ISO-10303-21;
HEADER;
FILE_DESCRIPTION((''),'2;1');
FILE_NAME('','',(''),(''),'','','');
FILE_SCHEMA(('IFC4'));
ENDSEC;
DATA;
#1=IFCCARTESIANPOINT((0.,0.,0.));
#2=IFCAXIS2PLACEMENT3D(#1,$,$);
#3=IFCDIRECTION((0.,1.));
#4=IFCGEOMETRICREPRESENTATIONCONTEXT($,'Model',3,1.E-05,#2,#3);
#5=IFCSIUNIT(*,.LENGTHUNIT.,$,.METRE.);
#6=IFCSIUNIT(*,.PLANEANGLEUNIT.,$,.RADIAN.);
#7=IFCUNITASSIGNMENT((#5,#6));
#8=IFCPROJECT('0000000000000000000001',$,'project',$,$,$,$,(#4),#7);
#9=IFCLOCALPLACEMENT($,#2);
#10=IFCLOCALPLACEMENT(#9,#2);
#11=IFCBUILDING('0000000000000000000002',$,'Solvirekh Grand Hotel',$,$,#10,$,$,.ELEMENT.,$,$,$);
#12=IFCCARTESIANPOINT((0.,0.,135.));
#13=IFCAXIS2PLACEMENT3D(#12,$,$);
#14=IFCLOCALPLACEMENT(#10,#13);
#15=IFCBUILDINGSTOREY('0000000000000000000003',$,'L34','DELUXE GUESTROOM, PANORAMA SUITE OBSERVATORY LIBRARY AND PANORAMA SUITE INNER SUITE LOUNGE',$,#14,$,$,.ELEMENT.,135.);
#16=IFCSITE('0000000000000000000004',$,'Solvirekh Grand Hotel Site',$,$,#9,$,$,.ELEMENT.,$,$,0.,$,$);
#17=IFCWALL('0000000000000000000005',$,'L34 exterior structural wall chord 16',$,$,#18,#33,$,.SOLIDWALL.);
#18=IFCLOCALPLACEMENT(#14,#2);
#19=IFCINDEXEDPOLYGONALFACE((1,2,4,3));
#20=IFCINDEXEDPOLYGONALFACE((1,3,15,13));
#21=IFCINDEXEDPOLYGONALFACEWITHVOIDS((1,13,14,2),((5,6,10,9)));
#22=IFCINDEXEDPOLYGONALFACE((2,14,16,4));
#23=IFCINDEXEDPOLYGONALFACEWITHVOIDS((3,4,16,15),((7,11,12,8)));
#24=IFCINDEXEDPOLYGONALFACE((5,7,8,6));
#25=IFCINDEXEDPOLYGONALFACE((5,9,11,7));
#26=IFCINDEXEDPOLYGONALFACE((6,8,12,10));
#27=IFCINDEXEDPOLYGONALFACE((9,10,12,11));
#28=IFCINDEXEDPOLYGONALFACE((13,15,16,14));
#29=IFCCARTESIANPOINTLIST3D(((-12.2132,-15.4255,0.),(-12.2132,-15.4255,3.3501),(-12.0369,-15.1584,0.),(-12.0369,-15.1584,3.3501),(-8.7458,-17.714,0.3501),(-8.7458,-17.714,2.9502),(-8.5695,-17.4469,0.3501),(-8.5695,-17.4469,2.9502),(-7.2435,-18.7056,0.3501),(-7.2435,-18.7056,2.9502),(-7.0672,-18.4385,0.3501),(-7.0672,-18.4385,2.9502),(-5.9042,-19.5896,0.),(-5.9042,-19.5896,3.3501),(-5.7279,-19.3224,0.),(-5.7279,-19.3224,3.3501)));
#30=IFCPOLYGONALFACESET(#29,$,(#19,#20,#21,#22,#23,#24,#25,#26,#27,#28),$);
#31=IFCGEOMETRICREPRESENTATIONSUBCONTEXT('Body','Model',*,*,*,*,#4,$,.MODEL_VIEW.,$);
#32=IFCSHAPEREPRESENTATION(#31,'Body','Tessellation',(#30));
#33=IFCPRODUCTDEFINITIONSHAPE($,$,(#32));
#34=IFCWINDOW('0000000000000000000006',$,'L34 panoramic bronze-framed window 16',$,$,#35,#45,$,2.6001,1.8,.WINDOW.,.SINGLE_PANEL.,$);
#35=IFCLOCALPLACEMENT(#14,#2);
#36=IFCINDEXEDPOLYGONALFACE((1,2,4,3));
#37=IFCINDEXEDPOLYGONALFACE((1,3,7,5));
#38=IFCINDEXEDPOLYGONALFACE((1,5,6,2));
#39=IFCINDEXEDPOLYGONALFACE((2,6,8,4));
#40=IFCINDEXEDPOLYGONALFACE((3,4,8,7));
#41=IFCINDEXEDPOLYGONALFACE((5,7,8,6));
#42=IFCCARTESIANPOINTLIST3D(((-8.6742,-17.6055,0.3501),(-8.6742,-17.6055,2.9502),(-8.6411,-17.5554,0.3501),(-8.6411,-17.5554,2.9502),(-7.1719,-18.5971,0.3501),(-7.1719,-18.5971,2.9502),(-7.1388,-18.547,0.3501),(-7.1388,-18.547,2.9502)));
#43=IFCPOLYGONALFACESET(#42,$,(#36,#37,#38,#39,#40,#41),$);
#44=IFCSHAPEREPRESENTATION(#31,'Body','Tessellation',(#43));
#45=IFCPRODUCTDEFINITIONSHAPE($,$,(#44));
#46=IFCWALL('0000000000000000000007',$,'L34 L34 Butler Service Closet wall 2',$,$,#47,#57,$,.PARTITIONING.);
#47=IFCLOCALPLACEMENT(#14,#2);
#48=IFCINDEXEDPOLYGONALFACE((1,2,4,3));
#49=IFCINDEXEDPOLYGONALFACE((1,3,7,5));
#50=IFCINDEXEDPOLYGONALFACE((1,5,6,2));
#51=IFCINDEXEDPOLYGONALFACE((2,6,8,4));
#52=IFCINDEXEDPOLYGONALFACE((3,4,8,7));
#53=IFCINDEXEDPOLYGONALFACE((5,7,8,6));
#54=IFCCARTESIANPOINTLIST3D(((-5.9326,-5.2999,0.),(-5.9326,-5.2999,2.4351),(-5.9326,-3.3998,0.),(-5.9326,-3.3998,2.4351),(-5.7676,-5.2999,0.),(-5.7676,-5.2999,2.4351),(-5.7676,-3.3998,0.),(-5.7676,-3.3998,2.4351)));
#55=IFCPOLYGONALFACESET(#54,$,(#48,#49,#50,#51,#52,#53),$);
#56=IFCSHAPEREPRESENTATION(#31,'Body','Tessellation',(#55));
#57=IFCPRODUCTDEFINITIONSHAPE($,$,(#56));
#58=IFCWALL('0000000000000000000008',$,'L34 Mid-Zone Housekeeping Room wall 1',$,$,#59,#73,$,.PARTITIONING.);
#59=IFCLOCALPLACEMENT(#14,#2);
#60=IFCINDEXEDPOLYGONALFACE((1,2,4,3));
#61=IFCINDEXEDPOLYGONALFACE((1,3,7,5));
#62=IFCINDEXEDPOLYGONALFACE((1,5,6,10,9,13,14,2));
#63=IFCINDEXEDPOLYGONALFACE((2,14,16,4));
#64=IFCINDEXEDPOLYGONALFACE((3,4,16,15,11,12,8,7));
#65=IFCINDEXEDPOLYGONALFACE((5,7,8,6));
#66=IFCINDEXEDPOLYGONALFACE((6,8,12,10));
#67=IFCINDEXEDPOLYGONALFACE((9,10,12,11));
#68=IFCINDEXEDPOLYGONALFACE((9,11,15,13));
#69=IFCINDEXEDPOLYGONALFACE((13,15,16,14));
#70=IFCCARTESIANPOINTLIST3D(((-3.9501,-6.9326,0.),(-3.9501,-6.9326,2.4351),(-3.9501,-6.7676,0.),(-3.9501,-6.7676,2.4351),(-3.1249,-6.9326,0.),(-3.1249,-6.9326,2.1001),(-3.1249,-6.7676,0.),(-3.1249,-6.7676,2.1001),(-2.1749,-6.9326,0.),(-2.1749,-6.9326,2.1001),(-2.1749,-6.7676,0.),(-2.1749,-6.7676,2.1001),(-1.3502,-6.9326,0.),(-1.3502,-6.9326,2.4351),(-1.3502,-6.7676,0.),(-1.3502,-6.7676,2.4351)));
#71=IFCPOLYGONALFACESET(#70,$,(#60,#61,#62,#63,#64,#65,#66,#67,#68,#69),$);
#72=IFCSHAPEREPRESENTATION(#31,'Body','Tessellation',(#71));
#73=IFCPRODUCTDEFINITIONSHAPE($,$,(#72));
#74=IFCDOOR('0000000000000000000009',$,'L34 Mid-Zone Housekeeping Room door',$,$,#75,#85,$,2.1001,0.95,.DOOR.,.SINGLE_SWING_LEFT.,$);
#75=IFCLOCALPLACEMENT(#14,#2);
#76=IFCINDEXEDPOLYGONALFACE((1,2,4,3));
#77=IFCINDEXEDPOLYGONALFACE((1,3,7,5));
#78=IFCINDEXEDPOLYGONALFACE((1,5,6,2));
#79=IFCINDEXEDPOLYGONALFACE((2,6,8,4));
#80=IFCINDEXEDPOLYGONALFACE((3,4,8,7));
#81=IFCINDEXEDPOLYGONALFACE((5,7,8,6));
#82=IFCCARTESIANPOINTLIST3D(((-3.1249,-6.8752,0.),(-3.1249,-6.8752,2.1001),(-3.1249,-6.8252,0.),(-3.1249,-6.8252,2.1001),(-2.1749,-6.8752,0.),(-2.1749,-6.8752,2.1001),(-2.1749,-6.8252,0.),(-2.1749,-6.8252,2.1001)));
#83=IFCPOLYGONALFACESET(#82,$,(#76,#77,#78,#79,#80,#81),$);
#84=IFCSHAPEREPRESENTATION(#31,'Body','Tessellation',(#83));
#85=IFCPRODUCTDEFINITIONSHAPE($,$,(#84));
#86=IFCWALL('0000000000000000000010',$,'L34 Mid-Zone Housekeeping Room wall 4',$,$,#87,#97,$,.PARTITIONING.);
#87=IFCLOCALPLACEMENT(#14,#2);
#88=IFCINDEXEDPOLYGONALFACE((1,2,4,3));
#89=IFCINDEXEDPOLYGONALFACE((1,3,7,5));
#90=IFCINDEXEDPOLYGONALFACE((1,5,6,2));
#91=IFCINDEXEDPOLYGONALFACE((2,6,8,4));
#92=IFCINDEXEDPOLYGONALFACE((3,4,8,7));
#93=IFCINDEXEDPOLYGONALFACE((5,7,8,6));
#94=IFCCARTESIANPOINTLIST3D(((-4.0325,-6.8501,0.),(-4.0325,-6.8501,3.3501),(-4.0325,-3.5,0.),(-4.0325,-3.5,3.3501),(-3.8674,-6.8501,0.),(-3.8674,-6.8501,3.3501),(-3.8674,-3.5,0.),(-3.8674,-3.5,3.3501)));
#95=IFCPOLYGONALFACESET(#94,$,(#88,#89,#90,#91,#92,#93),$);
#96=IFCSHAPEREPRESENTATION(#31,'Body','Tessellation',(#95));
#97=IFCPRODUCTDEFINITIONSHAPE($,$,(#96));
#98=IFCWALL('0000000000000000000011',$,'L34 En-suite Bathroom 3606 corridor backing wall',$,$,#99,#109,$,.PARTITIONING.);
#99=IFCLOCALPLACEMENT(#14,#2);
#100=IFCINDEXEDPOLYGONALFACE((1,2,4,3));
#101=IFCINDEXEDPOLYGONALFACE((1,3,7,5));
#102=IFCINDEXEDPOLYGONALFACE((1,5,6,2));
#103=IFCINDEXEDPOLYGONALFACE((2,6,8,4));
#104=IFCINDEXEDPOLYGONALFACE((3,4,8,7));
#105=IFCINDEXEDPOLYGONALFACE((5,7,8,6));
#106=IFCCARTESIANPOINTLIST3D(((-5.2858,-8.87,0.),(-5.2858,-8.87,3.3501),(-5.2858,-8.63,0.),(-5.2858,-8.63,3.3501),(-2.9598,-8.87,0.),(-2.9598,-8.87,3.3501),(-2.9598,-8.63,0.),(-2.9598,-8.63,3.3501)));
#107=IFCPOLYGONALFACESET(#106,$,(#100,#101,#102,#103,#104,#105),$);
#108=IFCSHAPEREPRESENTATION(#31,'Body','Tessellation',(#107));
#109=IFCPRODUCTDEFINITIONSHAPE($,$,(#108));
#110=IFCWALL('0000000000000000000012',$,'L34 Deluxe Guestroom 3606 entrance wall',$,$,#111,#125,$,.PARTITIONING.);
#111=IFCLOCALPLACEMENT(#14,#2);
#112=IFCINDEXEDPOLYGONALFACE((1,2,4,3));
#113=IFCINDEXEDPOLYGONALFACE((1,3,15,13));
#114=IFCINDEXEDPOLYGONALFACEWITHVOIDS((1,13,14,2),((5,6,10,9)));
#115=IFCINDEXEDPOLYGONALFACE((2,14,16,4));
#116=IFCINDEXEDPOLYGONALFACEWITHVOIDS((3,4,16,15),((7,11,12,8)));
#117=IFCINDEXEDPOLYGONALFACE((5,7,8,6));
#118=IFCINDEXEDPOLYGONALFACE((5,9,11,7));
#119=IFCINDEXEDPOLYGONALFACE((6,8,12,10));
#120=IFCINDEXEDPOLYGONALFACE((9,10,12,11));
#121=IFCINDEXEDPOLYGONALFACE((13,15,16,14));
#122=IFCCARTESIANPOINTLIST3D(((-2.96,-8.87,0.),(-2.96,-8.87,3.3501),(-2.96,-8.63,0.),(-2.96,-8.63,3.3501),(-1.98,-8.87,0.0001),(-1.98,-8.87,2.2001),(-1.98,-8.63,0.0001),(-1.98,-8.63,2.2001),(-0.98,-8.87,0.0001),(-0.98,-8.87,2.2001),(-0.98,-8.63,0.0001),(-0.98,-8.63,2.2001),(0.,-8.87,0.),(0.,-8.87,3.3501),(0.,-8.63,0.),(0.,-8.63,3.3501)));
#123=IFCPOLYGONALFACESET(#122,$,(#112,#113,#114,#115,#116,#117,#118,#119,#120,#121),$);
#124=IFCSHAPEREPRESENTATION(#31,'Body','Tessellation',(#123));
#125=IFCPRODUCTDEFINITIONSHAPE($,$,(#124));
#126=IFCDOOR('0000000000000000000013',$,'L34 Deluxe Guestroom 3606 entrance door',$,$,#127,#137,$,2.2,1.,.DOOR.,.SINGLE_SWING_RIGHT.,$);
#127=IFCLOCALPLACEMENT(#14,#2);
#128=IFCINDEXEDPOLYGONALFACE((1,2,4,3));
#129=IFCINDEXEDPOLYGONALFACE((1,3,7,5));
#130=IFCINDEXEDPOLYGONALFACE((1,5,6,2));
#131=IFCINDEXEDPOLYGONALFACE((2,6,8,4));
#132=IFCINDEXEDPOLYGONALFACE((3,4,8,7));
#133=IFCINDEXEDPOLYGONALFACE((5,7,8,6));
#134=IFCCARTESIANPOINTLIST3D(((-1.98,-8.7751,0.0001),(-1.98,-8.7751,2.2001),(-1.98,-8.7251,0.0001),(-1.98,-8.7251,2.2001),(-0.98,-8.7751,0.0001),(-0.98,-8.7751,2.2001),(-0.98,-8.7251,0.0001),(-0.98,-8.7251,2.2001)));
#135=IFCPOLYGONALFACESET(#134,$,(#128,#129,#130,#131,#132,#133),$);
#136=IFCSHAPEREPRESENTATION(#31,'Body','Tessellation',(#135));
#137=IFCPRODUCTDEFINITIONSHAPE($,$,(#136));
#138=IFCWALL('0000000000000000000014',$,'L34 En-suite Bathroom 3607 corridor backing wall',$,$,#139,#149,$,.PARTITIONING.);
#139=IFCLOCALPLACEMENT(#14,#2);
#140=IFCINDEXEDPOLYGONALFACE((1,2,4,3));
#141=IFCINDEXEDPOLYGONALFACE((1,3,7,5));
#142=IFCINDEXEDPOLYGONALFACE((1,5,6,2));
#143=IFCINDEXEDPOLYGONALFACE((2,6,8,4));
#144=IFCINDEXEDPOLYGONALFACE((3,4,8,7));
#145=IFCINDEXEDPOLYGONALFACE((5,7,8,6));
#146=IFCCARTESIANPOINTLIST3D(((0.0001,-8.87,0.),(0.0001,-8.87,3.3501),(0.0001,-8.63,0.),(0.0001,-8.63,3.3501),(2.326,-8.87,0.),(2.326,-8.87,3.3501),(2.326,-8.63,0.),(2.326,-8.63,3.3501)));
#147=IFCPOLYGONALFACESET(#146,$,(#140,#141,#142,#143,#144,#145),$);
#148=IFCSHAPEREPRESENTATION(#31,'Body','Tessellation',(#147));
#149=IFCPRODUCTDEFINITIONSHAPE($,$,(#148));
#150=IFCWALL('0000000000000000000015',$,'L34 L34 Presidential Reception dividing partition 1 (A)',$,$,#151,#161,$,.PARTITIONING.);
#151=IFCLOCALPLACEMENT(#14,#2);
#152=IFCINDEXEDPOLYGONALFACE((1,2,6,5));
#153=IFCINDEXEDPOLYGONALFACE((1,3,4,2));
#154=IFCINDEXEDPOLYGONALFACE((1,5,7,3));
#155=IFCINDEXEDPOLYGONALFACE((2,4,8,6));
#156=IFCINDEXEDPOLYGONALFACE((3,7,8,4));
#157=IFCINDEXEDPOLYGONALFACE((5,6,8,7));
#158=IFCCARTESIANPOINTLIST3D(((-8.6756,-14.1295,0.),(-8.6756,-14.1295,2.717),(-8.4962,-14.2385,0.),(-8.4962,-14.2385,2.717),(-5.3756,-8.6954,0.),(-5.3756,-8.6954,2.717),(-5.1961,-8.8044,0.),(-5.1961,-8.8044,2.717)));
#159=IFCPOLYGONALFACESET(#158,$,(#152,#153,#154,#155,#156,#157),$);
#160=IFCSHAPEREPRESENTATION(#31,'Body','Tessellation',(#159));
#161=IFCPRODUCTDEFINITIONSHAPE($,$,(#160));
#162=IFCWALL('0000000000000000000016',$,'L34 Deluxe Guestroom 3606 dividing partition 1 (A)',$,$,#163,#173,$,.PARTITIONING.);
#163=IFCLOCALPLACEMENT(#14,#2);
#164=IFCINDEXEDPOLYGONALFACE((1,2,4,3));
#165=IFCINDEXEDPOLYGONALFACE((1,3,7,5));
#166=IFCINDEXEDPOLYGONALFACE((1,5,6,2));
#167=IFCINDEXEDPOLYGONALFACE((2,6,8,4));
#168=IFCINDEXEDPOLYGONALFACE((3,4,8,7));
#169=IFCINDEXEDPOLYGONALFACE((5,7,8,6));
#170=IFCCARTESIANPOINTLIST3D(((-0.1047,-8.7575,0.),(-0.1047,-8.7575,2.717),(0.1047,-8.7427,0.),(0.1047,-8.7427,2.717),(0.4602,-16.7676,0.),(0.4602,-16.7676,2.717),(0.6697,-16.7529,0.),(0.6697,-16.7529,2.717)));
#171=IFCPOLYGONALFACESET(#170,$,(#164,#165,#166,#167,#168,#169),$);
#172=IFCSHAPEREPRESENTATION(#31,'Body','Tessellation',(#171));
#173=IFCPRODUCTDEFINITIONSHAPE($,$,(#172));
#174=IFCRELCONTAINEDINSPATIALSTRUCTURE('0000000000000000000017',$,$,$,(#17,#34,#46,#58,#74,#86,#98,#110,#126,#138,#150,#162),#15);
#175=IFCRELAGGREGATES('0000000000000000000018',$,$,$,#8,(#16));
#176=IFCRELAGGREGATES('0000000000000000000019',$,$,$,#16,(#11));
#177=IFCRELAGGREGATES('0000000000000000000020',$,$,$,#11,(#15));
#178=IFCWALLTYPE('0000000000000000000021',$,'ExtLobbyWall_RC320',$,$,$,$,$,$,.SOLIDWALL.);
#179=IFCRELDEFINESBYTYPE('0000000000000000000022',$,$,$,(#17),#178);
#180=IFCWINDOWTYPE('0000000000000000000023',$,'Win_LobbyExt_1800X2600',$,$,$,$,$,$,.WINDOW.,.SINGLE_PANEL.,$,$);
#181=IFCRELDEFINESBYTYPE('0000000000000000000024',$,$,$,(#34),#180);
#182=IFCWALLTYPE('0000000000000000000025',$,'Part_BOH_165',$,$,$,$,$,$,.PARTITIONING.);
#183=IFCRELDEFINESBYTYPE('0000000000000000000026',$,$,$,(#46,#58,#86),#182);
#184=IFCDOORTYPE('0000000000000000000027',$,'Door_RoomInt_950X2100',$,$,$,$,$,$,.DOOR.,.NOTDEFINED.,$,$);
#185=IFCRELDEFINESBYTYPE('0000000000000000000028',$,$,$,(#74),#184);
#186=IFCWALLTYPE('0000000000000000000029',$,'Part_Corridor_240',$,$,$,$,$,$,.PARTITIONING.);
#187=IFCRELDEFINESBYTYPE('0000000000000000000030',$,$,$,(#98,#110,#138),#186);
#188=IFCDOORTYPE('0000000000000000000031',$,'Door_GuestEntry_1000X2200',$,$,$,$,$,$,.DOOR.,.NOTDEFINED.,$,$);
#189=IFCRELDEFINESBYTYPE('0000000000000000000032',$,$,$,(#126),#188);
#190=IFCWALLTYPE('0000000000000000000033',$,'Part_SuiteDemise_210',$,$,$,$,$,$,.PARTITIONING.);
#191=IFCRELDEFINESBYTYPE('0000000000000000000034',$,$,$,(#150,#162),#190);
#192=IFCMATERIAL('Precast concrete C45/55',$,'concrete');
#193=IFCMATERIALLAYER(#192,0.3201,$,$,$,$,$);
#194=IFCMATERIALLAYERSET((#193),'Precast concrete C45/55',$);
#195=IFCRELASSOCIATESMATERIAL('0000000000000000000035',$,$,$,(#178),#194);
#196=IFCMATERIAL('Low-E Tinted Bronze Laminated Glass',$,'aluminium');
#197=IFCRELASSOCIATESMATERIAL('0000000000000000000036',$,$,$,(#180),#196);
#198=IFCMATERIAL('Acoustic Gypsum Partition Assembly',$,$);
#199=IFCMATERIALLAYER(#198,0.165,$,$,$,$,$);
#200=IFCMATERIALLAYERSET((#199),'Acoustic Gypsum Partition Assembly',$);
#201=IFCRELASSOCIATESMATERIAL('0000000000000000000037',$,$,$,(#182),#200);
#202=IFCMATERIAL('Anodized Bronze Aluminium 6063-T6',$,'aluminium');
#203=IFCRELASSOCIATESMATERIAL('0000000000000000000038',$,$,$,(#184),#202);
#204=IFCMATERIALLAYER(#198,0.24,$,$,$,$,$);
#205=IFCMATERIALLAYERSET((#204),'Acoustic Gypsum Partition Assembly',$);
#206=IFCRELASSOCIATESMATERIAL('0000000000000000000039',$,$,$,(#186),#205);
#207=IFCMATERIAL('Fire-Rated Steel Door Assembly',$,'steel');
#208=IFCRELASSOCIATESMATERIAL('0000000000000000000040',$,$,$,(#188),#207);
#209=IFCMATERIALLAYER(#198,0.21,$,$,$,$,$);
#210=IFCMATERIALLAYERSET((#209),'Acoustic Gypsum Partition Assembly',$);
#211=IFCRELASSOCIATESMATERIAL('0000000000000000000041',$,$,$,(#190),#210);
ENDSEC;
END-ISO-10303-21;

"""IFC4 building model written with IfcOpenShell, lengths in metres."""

from ifc_helpers import new_model, si_unit, direction, frame, frame_2d, origin, place, context, subcontext, project, spatial, rectangle, extrude, material, layer, layer_set, type_object, element, fill, save


model = new_model("IFC4")

# Units and contexts
model_context = context("Model", 3, precision=1e-05, world=origin(), true_north=direction((0.0, 1.0)))
body_context = subcontext(model_context, "Body", "Model", "MODEL_VIEW")
ifc_project = project(units=[si_unit("LENGTHUNIT", "METRE"), si_unit("PLANEANGLEUNIT", "RADIAN")], contexts=[model_context])

# Site, building, storey
site_placement = place(None, origin())
site = spatial("IfcSite", under=ifc_project, at=site_placement, Name="Solvirekh Grand Hotel Site", CompositionType="ELEMENT", RefElevation=0.0)
building_placement = place(site_placement, origin())
building = spatial("IfcBuilding", under=site, at=building_placement, Name="Solvirekh Grand Hotel", CompositionType="ELEMENT")
storey_placement = place(building_placement, frame((0.0, 0.0, 135.0)))
storey = spatial("IfcBuildingStorey", under=building, at=storey_placement, Name="L34", Description="DELUXE GUESTROOM, PANORAMA SUITE OBSERVATORY LIBRARY AND PANORAMA SUITE INNER SUITE LOUNGE", CompositionType="ELEMENT", Elevation=135.0)

# Shared definitions
ifc_material_1 = material(Name="Fire-Rated Steel Door Assembly", Category="steel")

# Wall, opening, window
ifc_material_2 = material(Name="Precast concrete C45/55", Category="concrete")
ifc_layer_1 = layer(ifc_material_2, 0.3201)
ifc_layer_set_1 = layer_set([ifc_layer_1], Name="Precast concrete C45/55")
wall_type_1 = type_object("IfcWallType", Name="ExtLobbyWall_RC320", PredefinedType="SOLIDWALL", material=ifc_layer_set_1)
wall_1_placement = place(storey_placement, frame((-5.8159, -19.4561, 0.0), z_axis=(0.0, 0.0, 1.0), x_axis=(-0.834605, 0.550849, 0.0)))
wall_1 = element("IfcWall", 1, at=wall_1_placement, inside=storey, type_object=wall_type_1, Name="L34 exterior structural wall chord 16", PredefinedType="SOLIDWALL", context=body_context, shape_type="SweptSolid", body=[
    extrude(rectangle(XDim=7.5593, YDim=0.3201, at=frame_2d((3.7798, 0.0))), origin(), (0.0, 0.0, 1.0), 3.3501),
])
opening_1_placement = place(wall_1_placement, frame((1.605, 0.0, 0.3501)))
opening_1 = element("IfcOpeningElement", 2, at=opening_1_placement, cuts=wall_1, PredefinedType="OPENING", context=body_context, shape_type="SweptSolid", body=[
    extrude(rectangle(XDim=1.8, YDim=2.6001, at=frame_2d((0.8999, 1.3))), frame((0.0, 0.1699, 0.0), z_axis=(0.0, -1.0, 0.0), x_axis=(1.0, 0.0, 0.0)), (0.0, 0.0, 1.0), 0.3401),
])
ifc_material_3 = material(Name="Low-E Tinted Bronze Laminated Glass", Category="aluminium")
window_type = type_object("IfcWindowType", Name="Win_LobbyExt_1800X2600", PartitioningType="SINGLE_PANEL", PredefinedType="WINDOW", material=ifc_material_3)
window_placement = place(opening_1_placement, origin())
window = element("IfcWindow", 3, at=window_placement, inside=storey, type_object=window_type, Name="L34 panoramic bronze-framed window 16", OverallHeight=2.6001, OverallWidth=1.8, PartitioningType="SINGLE_PANEL", PredefinedType="WINDOW", context=body_context, shape_type="SweptSolid", body=[
    extrude(rectangle(XDim=1.8, YDim=2.6001, at=frame_2d((0.8999, 1.3))), frame((0.0, 0.03, 0.0), z_axis=(0.0, -1.0, 0.0), x_axis=(1.0, 0.0, 0.0)), (0.0, 0.0, 1.0), 0.0601),
])
fill(opening_1, window)

# Wall
ifc_material_4 = material(Name="Acoustic Gypsum Partition Assembly")
ifc_layer_2 = layer(ifc_material_4, 0.165)
ifc_layer_set_2 = layer_set([ifc_layer_2], Name="Acoustic Gypsum Partition Assembly")
wall_type_2 = type_object("IfcWallType", Name="Part_BOH_165", PredefinedType="PARTITIONING", material=ifc_layer_set_2)
wall_2_placement = place(storey_placement, frame((-5.8501, -5.3, 0.0), z_axis=(0.0, 0.0, 1.0), x_axis=(0.0, 1.0, 0.0)))
element("IfcWall", 4, at=wall_2_placement, inside=storey, type_object=wall_type_2, Name="L34 L34 Butler Service Closet wall 2", PredefinedType="PARTITIONING", context=body_context, shape_type="SweptSolid", body=[
    extrude(rectangle(XDim=1.9001, YDim=0.165, at=frame_2d((0.9502, 0.0))), origin(), (0.0, 0.0, 1.0), 2.4351),
])

# Wall, opening, door
wall_3_placement = place(storey_placement, frame((-3.95, -6.8501, 0.0), z_axis=(0.0, 0.0, 1.0), x_axis=(1.0, 0.0, 0.0)))
wall_3 = element("IfcWall", 5, at=wall_3_placement, inside=storey, type_object=wall_type_2, Name="L34 Mid-Zone Housekeeping Room wall 1", PredefinedType="PARTITIONING", context=body_context, shape_type="SweptSolid", body=[
    extrude(rectangle(XDim=2.5999, YDim=0.165, at=frame_2d((1.2998, 0.0))), origin(), (0.0, 0.0, 1.0), 2.4351),
])
opening_2_placement = place(wall_3_placement, frame((0.825, 0.0, 0.0)))
opening_2 = element("IfcOpeningElement", 6, at=opening_2_placement, cuts=wall_3, PredefinedType="OPENING", context=body_context, shape_type="SweptSolid", body=[
    extrude(rectangle(XDim=0.95, YDim=2.1001, at=frame_2d((0.4751, 1.05))), frame((0.0, 0.0925, 0.0), z_axis=(0.0, -1.0, 0.0), x_axis=(1.0, 0.0, 0.0)), (0.0, 0.0, 1.0), 0.1851),
])
ifc_material_5 = material(Name="Anodized Bronze Aluminium 6063-T6", Category="aluminium")
door_type_1 = type_object("IfcDoorType", Name="Door_RoomInt_950X2100", OperationType="NOTDEFINED", PredefinedType="DOOR", material=ifc_material_5)
door_1_placement = place(opening_2_placement, origin())
door_1 = element("IfcDoor", 7, at=door_1_placement, inside=storey, type_object=door_type_1, Name="L34 Mid-Zone Housekeeping Room door", OperationType="SINGLE_SWING_LEFT", OverallHeight=2.1001, OverallWidth=0.95, PredefinedType="DOOR", context=body_context, shape_type="SweptSolid", body=[
    extrude(rectangle(XDim=0.95, YDim=2.1001, at=frame_2d((0.4751, 1.05))), frame((0.0, 0.0249, 0.0), z_axis=(0.0, -1.0, 0.0), x_axis=(1.0, 0.0, 0.0)), (0.0, 0.0, 1.0), 0.05),
])
fill(opening_2, door_1)

# Walls
wall_4_placement = place(storey_placement, frame((-3.95, -3.5, 0.0), z_axis=(0.0, 0.0, 1.0), x_axis=(0.0, -1.0, 0.0)))
element("IfcWall", 8, at=wall_4_placement, inside=storey, type_object=wall_type_2, Name="L34 Mid-Zone Housekeeping Room wall 4", PredefinedType="PARTITIONING", context=body_context, shape_type="SweptSolid", body=[
    extrude(rectangle(XDim=3.3501, YDim=0.165, at=frame_2d((1.675, 0.0))), origin(), (0.0, 0.0, 1.0), 3.3501),
])
ifc_layer_3 = layer(ifc_material_4, 0.24)
ifc_layer_set_3 = layer_set([ifc_layer_3], Name="Acoustic Gypsum Partition Assembly")
wall_type_3 = type_object("IfcWallType", Name="Part_Corridor_240", PredefinedType="PARTITIONING", material=ifc_layer_set_3)
wall_5_placement = place(storey_placement, frame((-5.2859, -8.75, 0.0), z_axis=(0.0, 0.0, 1.0), x_axis=(1.0, 0.0, 0.0)))
element("IfcWall", 9, at=wall_5_placement, inside=storey, type_object=wall_type_3, Name="L34 En-suite Bathroom 3606 corridor backing wall", PredefinedType="PARTITIONING", context=body_context, shape_type="SweptSolid", body=[
    extrude(rectangle(XDim=2.3259, YDim=0.24, at=frame_2d((1.1631, 0.0))), origin(), (0.0, 0.0, 1.0), 3.3501),
])

# Wall, opening, door
wall_6_placement = place(storey_placement, frame((-2.96, -8.75, 0.0), z_axis=(0.0, 0.0, 1.0), x_axis=(1.0, 0.0, 0.0)))
wall_6 = element("IfcWall", 10, at=wall_6_placement, inside=storey, type_object=wall_type_3, Name="L34 Deluxe Guestroom 3606 entrance wall", PredefinedType="PARTITIONING", context=body_context, shape_type="SweptSolid", body=[
    extrude(rectangle(XDim=2.96, YDim=0.24, at=frame_2d((1.48, 0.0))), origin(), (0.0, 0.0, 1.0), 3.3501),
])
opening_3_placement = place(wall_6_placement, frame((0.98, 0.0, 0.0)))
opening_3 = element("IfcOpeningElement", 11, at=opening_3_placement, cuts=wall_6, PredefinedType="OPENING", context=body_context, shape_type="SweptSolid", body=[
    extrude(rectangle(XDim=1.0, YDim=2.2, at=frame_2d((0.5, 1.1001))), frame((0.0, 0.1299, 0.0), z_axis=(0.0, -1.0, 0.0), x_axis=(1.0, 0.0, 0.0)), (0.0, 0.0, 1.0), 0.26),
])
door_type_2 = type_object("IfcDoorType", Name="Door_GuestEntry_1000X2200", OperationType="NOTDEFINED", PredefinedType="DOOR", material=ifc_material_1)
door_2_placement = place(opening_3_placement, origin())
door_2 = element("IfcDoor", 12, at=door_2_placement, inside=storey, type_object=door_type_2, Name="L34 Deluxe Guestroom 3606 entrance door", OperationType="SINGLE_SWING_RIGHT", OverallHeight=2.2, OverallWidth=1.0, PredefinedType="DOOR", context=body_context, shape_type="SweptSolid", body=[
    extrude(rectangle(XDim=1.0, YDim=2.2, at=frame_2d((0.5, 1.1001))), frame((0.0, 0.0249, 0.0), z_axis=(0.0, -1.0, 0.0), x_axis=(1.0, 0.0, 0.0)), (0.0, 0.0, 1.0), 0.05),
])
fill(opening_3, door_2)

# Walls
wall_7_placement = place(storey_placement, frame((0.0, -8.75, 0.0), z_axis=(0.0, 0.0, 1.0), x_axis=(1.0, 0.0, 0.0)))
element("IfcWall", 13, at=wall_7_placement, inside=storey, type_object=wall_type_3, Name="L34 En-suite Bathroom 3607 corridor backing wall", PredefinedType="PARTITIONING", context=body_context, shape_type="SweptSolid", body=[
    extrude(rectangle(XDim=2.3259, YDim=0.24, at=frame_2d((1.1631, 0.0))), origin(), (0.0, 0.0, 1.0), 3.3501),
])
ifc_layer_4 = layer(ifc_material_4, 0.21)
ifc_layer_set_4 = layer_set([ifc_layer_4], Name="Acoustic Gypsum Partition Assembly")
wall_type_4 = type_object("IfcWallType", Name="Part_SuiteDemise_210", PredefinedType="PARTITIONING", material=ifc_layer_set_4)
wall_8_placement = place(storey_placement, frame((-5.2859, -8.75, 0.0), z_axis=(0.0, 0.0, 1.0), x_axis=(-0.519068, -0.854733, 0.0)))
element("IfcWall", 14, at=wall_8_placement, inside=storey, type_object=wall_type_4, Name="L34 L34 Presidential Reception dividing partition 1 (A)", PredefinedType="PARTITIONING", context=body_context, shape_type="SweptSolid", body=[
    extrude(rectangle(XDim=6.3577, YDim=0.21, at=frame_2d((3.1787, 0.0))), origin(), (0.0, 0.0, 1.0), 2.717),
])
wall_9_placement = place(storey_placement, frame((0.0, -8.75, 0.0), z_axis=(0.0, 0.0, 1.0), x_axis=(0.070355, -0.997522, 0.0)))
element("IfcWall", 15, at=wall_9_placement, inside=storey, type_object=wall_type_4, Name="L34 Deluxe Guestroom 3606 dividing partition 1 (A)", PredefinedType="PARTITIONING", context=body_context, shape_type="SweptSolid", body=[
    extrude(rectangle(XDim=8.03, YDim=0.21, at=frame_2d((4.0151, 0.0))), origin(), (0.0, 0.0, 1.0), 2.717),
])

save(model, "model.ifc")
